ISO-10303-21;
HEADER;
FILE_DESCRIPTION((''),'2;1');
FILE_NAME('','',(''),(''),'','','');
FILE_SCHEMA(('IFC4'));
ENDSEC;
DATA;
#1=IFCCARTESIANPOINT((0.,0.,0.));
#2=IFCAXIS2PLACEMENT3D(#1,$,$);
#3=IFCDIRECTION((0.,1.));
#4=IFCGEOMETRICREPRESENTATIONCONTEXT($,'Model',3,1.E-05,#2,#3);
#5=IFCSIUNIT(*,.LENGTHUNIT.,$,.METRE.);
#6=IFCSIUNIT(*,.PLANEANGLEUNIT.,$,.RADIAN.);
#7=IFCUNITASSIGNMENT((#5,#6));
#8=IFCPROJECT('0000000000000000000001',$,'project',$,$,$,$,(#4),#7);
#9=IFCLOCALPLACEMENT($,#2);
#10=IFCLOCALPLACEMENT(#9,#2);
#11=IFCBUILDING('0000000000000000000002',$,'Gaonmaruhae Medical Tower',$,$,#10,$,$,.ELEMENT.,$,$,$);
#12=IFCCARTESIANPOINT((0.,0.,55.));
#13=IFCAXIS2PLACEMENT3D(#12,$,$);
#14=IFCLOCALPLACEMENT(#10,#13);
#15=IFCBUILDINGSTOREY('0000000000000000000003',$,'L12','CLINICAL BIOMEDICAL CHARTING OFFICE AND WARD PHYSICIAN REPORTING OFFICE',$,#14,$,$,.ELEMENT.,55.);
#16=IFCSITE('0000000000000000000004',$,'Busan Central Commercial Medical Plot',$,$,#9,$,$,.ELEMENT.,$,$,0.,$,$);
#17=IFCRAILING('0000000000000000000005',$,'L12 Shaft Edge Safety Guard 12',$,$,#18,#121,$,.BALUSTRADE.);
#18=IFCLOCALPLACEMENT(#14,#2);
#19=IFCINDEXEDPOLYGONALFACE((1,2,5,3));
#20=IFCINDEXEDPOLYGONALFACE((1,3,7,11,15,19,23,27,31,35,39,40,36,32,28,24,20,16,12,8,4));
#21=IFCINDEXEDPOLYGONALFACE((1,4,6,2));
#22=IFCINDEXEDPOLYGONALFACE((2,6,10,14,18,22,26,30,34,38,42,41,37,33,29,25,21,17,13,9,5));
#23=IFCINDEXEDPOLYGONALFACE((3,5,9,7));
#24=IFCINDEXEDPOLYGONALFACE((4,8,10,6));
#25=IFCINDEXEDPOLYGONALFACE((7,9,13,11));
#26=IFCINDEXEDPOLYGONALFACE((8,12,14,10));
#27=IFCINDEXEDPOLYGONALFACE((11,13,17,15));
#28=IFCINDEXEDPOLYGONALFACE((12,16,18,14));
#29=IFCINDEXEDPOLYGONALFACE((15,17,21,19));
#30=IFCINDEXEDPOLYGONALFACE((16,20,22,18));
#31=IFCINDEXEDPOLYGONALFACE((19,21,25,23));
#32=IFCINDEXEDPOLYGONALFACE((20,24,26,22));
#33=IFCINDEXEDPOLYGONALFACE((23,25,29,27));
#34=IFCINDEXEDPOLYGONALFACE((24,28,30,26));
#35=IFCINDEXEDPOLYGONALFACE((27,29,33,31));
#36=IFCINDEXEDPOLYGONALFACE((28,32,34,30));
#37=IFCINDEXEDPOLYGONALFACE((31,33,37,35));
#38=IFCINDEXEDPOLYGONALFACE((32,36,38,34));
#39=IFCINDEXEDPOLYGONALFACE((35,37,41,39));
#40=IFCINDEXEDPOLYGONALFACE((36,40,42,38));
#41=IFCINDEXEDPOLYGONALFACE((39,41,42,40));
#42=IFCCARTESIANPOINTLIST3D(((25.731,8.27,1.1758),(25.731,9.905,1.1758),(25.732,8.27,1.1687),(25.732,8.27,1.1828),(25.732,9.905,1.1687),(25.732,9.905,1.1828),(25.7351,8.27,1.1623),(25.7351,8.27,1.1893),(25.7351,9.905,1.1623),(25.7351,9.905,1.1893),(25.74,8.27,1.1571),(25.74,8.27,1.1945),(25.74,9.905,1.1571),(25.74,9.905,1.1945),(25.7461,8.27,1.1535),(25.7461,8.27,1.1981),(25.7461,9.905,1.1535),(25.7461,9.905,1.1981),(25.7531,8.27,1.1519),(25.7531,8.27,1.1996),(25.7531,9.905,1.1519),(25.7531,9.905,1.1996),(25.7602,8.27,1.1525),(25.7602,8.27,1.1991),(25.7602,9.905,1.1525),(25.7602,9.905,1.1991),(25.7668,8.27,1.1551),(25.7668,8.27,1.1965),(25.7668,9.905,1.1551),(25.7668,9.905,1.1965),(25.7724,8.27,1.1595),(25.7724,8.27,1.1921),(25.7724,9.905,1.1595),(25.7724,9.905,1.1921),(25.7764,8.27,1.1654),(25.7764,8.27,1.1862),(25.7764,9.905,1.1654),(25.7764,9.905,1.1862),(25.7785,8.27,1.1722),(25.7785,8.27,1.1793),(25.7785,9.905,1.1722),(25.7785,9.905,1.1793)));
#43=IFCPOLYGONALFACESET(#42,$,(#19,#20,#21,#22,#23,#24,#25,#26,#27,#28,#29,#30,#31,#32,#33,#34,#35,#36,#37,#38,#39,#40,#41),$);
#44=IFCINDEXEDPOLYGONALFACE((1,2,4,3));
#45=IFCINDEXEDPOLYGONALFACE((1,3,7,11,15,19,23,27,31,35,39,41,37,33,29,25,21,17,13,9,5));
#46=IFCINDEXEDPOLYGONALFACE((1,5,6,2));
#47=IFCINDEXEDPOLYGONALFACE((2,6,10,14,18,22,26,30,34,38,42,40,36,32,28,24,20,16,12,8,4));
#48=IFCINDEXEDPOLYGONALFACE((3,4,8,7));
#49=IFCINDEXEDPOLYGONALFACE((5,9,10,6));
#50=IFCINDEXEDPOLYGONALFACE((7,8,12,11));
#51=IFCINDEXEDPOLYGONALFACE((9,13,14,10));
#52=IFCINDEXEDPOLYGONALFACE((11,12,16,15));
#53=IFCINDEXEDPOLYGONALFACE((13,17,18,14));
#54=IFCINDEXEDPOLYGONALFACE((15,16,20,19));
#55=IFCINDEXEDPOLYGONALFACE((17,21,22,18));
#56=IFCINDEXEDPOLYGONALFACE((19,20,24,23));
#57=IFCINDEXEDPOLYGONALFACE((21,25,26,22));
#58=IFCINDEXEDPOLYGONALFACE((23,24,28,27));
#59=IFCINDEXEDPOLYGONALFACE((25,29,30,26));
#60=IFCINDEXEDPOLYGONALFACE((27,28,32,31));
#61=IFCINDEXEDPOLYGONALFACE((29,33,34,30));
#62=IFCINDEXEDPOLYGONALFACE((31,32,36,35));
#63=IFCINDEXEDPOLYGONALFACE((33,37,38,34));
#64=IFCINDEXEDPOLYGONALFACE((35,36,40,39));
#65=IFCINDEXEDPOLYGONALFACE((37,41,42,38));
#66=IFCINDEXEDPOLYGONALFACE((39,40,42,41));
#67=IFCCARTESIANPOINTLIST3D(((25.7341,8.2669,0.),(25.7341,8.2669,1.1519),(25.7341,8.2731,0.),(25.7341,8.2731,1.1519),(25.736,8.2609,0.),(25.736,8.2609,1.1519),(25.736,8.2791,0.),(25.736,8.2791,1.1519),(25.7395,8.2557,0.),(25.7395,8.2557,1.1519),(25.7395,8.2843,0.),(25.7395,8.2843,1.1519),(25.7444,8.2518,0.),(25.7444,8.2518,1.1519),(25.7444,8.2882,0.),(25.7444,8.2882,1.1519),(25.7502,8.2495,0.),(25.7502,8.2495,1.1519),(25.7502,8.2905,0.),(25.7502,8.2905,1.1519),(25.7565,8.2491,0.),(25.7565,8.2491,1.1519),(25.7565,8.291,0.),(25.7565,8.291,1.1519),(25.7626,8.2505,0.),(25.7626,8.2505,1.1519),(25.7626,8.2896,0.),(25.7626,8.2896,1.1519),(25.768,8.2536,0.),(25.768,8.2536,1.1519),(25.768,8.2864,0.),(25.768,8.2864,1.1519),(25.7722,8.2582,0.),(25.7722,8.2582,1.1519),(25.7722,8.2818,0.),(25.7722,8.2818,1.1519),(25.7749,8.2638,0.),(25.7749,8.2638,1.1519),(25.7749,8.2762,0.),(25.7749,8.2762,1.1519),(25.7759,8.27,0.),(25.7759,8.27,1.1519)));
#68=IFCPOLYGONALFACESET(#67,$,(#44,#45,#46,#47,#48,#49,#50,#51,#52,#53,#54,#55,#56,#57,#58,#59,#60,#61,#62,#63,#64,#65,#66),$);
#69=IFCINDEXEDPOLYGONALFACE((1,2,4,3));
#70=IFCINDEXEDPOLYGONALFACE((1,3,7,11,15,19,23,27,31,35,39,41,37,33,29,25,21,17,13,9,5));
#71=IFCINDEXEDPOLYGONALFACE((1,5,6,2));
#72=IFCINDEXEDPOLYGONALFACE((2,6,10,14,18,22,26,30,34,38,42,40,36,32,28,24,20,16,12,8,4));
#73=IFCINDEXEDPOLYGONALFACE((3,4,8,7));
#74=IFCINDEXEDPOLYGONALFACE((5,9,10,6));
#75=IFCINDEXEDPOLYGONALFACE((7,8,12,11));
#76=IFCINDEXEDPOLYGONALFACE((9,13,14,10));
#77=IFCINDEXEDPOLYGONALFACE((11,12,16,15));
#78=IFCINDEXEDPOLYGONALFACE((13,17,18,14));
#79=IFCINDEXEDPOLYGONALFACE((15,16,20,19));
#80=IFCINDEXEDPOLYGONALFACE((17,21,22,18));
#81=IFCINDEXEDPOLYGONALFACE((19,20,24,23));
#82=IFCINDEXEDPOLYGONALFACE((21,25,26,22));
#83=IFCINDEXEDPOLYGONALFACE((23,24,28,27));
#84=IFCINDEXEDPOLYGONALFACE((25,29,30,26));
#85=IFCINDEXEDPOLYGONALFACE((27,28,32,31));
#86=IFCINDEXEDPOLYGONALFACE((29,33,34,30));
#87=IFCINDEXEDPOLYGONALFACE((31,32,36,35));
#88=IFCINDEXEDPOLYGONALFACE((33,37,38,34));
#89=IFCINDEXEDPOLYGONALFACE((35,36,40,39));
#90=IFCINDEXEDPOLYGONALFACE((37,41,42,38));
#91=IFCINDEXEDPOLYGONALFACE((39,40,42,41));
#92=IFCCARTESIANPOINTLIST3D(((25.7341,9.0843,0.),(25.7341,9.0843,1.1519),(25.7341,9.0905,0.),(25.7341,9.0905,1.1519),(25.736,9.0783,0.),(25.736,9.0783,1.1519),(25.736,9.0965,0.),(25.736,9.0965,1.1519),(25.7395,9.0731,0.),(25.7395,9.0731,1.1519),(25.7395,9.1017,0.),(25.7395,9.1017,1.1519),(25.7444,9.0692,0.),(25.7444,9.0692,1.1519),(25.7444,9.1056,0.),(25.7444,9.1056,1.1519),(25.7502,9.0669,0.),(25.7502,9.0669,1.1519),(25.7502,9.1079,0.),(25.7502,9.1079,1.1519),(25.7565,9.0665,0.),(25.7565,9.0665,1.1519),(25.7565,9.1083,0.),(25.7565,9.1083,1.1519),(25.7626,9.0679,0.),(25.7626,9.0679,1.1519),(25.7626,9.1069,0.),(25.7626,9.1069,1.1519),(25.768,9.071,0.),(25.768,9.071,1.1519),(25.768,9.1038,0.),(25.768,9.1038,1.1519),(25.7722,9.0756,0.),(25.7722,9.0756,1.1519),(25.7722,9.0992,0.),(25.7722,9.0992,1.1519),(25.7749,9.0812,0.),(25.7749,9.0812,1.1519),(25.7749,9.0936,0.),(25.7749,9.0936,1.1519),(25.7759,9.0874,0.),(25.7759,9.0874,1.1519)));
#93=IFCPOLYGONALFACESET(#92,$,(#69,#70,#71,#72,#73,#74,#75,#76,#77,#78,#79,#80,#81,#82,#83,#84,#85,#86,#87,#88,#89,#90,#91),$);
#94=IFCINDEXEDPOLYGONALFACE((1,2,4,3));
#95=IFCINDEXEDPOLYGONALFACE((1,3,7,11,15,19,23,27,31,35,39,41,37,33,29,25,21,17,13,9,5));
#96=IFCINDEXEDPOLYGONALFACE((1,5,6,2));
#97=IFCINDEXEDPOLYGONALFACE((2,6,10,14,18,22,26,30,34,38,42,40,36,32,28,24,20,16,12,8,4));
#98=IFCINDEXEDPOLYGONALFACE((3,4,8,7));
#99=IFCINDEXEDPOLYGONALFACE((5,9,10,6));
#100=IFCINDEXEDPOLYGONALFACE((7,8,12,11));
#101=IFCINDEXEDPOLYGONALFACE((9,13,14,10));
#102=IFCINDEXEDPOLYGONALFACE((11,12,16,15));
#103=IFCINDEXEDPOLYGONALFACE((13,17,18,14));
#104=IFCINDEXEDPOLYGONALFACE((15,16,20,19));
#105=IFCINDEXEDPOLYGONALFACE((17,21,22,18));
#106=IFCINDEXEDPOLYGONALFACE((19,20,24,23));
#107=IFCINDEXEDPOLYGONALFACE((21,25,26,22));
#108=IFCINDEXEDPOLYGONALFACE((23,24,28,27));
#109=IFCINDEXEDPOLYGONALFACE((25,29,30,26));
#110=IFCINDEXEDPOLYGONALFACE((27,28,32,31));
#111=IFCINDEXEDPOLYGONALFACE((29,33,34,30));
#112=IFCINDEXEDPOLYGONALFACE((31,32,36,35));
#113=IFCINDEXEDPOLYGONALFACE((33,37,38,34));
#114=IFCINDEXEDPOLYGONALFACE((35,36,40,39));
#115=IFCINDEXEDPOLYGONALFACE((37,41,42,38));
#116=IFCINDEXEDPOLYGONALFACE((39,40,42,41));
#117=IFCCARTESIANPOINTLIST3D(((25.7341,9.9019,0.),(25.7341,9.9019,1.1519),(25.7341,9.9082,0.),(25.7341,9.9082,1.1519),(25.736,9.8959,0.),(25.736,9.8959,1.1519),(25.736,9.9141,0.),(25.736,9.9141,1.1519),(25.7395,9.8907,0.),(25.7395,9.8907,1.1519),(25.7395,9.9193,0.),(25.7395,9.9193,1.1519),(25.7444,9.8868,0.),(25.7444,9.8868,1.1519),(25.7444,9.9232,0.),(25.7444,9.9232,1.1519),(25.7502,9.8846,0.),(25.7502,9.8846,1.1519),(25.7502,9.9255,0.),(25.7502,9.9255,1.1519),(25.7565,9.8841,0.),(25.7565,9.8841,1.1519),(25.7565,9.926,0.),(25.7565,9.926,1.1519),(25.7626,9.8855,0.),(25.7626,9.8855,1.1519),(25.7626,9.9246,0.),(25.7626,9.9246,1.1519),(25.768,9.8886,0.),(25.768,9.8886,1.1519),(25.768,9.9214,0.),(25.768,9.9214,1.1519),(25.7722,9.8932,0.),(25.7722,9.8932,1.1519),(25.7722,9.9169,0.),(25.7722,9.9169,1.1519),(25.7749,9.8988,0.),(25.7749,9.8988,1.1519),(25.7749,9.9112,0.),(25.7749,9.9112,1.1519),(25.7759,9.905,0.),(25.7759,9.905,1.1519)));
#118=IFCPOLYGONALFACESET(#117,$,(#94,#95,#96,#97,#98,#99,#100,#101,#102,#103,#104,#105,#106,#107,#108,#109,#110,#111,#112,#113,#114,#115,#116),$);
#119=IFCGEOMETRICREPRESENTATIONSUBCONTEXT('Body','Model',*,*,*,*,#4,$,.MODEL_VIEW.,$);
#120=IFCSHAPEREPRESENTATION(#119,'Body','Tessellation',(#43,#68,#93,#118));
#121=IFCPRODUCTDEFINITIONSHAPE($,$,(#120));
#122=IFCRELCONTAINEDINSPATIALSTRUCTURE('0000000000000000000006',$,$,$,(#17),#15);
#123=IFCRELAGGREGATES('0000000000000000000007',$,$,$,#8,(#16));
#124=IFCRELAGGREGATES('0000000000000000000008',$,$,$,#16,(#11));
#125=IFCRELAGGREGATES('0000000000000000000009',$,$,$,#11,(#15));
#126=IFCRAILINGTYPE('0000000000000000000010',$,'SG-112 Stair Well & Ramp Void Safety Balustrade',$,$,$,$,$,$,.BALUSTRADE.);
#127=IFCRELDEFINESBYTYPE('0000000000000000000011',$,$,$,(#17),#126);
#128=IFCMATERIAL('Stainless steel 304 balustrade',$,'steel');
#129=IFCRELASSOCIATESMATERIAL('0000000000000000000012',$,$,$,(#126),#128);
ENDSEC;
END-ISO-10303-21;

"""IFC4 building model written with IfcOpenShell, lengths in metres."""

from ifc_helpers import new_model, si_unit, direction, frame, origin, origin_2d, place, context, subcontext, project, spatial, circle, extrude, material, type_object, element, save


model = new_model("IFC4")

# Units and contexts
model_context = context("Model", 3, precision=1e-05, world=origin(), true_north=direction((0.0, 1.0)))
body_context = subcontext(model_context, "Body", "Model", "MODEL_VIEW")
ifc_project = project(units=[si_unit("LENGTHUNIT", "METRE"), si_unit("PLANEANGLEUNIT", "RADIAN")], contexts=[model_context])

# Site, building, storey
site_placement = place(None, origin())
site = spatial("IfcSite", under=ifc_project, at=site_placement, Name="Busan Central Commercial Medical Plot", CompositionType="ELEMENT", RefElevation=0.0)
building_placement = place(site_placement, origin())
building = spatial("IfcBuilding", under=site, at=building_placement, Name="Gaonmaruhae Medical Tower", CompositionType="ELEMENT")
storey_placement = place(building_placement, frame((0.0, 0.0, 55.0)))
storey = spatial("IfcBuildingStorey", under=building, at=storey_placement, Name="L12", Description="CLINICAL BIOMEDICAL CHARTING OFFICE AND WARD PHYSICIAN REPORTING OFFICE", CompositionType="ELEMENT", Elevation=55.0)

# Railing
ifc_material_1 = material(Name="Stainless steel 304 balustrade", Category="steel")
railing_type_1 = type_object("IfcRailingType", Name="SG-112 Stair Well & Ramp Void Safety Balustrade", PredefinedType="BALUSTRADE", material=ifc_material_1)
railing_1_placement = place(storey_placement, frame((25.7549, 8.27, 0.0)))
element("IfcRailing", 1, at=railing_1_placement, inside=storey, type_object=railing_type_1, Name="L12 Shaft Edge Safety Guard 12", PredefinedType="BALUSTRADE", context=body_context, shape_type="SweptSolid", body=[
    extrude(circle(Radius=0.0239, at=origin_2d()), frame((0.0, 0.0, 1.1758), z_axis=(0.0, 1.0, 0.0), x_axis=(-1.0, 0.0, 0.0)), (0.0, 0.0, 1.0), 1.635),
    extrude(circle(Radius=0.021, at=origin_2d()), origin(), (0.0, 0.0, 1.0), 1.1519),
    extrude(circle(Radius=0.021, at=origin_2d()), frame((0.0, 0.8174, 0.0)), (0.0, 0.0, 1.0), 1.1519),
    extrude(circle(Radius=0.021, at=origin_2d()), frame((0.0, 1.635, 0.0)), (0.0, 0.0, 1.0), 1.1519),
])

save(model, "model.ifc")
